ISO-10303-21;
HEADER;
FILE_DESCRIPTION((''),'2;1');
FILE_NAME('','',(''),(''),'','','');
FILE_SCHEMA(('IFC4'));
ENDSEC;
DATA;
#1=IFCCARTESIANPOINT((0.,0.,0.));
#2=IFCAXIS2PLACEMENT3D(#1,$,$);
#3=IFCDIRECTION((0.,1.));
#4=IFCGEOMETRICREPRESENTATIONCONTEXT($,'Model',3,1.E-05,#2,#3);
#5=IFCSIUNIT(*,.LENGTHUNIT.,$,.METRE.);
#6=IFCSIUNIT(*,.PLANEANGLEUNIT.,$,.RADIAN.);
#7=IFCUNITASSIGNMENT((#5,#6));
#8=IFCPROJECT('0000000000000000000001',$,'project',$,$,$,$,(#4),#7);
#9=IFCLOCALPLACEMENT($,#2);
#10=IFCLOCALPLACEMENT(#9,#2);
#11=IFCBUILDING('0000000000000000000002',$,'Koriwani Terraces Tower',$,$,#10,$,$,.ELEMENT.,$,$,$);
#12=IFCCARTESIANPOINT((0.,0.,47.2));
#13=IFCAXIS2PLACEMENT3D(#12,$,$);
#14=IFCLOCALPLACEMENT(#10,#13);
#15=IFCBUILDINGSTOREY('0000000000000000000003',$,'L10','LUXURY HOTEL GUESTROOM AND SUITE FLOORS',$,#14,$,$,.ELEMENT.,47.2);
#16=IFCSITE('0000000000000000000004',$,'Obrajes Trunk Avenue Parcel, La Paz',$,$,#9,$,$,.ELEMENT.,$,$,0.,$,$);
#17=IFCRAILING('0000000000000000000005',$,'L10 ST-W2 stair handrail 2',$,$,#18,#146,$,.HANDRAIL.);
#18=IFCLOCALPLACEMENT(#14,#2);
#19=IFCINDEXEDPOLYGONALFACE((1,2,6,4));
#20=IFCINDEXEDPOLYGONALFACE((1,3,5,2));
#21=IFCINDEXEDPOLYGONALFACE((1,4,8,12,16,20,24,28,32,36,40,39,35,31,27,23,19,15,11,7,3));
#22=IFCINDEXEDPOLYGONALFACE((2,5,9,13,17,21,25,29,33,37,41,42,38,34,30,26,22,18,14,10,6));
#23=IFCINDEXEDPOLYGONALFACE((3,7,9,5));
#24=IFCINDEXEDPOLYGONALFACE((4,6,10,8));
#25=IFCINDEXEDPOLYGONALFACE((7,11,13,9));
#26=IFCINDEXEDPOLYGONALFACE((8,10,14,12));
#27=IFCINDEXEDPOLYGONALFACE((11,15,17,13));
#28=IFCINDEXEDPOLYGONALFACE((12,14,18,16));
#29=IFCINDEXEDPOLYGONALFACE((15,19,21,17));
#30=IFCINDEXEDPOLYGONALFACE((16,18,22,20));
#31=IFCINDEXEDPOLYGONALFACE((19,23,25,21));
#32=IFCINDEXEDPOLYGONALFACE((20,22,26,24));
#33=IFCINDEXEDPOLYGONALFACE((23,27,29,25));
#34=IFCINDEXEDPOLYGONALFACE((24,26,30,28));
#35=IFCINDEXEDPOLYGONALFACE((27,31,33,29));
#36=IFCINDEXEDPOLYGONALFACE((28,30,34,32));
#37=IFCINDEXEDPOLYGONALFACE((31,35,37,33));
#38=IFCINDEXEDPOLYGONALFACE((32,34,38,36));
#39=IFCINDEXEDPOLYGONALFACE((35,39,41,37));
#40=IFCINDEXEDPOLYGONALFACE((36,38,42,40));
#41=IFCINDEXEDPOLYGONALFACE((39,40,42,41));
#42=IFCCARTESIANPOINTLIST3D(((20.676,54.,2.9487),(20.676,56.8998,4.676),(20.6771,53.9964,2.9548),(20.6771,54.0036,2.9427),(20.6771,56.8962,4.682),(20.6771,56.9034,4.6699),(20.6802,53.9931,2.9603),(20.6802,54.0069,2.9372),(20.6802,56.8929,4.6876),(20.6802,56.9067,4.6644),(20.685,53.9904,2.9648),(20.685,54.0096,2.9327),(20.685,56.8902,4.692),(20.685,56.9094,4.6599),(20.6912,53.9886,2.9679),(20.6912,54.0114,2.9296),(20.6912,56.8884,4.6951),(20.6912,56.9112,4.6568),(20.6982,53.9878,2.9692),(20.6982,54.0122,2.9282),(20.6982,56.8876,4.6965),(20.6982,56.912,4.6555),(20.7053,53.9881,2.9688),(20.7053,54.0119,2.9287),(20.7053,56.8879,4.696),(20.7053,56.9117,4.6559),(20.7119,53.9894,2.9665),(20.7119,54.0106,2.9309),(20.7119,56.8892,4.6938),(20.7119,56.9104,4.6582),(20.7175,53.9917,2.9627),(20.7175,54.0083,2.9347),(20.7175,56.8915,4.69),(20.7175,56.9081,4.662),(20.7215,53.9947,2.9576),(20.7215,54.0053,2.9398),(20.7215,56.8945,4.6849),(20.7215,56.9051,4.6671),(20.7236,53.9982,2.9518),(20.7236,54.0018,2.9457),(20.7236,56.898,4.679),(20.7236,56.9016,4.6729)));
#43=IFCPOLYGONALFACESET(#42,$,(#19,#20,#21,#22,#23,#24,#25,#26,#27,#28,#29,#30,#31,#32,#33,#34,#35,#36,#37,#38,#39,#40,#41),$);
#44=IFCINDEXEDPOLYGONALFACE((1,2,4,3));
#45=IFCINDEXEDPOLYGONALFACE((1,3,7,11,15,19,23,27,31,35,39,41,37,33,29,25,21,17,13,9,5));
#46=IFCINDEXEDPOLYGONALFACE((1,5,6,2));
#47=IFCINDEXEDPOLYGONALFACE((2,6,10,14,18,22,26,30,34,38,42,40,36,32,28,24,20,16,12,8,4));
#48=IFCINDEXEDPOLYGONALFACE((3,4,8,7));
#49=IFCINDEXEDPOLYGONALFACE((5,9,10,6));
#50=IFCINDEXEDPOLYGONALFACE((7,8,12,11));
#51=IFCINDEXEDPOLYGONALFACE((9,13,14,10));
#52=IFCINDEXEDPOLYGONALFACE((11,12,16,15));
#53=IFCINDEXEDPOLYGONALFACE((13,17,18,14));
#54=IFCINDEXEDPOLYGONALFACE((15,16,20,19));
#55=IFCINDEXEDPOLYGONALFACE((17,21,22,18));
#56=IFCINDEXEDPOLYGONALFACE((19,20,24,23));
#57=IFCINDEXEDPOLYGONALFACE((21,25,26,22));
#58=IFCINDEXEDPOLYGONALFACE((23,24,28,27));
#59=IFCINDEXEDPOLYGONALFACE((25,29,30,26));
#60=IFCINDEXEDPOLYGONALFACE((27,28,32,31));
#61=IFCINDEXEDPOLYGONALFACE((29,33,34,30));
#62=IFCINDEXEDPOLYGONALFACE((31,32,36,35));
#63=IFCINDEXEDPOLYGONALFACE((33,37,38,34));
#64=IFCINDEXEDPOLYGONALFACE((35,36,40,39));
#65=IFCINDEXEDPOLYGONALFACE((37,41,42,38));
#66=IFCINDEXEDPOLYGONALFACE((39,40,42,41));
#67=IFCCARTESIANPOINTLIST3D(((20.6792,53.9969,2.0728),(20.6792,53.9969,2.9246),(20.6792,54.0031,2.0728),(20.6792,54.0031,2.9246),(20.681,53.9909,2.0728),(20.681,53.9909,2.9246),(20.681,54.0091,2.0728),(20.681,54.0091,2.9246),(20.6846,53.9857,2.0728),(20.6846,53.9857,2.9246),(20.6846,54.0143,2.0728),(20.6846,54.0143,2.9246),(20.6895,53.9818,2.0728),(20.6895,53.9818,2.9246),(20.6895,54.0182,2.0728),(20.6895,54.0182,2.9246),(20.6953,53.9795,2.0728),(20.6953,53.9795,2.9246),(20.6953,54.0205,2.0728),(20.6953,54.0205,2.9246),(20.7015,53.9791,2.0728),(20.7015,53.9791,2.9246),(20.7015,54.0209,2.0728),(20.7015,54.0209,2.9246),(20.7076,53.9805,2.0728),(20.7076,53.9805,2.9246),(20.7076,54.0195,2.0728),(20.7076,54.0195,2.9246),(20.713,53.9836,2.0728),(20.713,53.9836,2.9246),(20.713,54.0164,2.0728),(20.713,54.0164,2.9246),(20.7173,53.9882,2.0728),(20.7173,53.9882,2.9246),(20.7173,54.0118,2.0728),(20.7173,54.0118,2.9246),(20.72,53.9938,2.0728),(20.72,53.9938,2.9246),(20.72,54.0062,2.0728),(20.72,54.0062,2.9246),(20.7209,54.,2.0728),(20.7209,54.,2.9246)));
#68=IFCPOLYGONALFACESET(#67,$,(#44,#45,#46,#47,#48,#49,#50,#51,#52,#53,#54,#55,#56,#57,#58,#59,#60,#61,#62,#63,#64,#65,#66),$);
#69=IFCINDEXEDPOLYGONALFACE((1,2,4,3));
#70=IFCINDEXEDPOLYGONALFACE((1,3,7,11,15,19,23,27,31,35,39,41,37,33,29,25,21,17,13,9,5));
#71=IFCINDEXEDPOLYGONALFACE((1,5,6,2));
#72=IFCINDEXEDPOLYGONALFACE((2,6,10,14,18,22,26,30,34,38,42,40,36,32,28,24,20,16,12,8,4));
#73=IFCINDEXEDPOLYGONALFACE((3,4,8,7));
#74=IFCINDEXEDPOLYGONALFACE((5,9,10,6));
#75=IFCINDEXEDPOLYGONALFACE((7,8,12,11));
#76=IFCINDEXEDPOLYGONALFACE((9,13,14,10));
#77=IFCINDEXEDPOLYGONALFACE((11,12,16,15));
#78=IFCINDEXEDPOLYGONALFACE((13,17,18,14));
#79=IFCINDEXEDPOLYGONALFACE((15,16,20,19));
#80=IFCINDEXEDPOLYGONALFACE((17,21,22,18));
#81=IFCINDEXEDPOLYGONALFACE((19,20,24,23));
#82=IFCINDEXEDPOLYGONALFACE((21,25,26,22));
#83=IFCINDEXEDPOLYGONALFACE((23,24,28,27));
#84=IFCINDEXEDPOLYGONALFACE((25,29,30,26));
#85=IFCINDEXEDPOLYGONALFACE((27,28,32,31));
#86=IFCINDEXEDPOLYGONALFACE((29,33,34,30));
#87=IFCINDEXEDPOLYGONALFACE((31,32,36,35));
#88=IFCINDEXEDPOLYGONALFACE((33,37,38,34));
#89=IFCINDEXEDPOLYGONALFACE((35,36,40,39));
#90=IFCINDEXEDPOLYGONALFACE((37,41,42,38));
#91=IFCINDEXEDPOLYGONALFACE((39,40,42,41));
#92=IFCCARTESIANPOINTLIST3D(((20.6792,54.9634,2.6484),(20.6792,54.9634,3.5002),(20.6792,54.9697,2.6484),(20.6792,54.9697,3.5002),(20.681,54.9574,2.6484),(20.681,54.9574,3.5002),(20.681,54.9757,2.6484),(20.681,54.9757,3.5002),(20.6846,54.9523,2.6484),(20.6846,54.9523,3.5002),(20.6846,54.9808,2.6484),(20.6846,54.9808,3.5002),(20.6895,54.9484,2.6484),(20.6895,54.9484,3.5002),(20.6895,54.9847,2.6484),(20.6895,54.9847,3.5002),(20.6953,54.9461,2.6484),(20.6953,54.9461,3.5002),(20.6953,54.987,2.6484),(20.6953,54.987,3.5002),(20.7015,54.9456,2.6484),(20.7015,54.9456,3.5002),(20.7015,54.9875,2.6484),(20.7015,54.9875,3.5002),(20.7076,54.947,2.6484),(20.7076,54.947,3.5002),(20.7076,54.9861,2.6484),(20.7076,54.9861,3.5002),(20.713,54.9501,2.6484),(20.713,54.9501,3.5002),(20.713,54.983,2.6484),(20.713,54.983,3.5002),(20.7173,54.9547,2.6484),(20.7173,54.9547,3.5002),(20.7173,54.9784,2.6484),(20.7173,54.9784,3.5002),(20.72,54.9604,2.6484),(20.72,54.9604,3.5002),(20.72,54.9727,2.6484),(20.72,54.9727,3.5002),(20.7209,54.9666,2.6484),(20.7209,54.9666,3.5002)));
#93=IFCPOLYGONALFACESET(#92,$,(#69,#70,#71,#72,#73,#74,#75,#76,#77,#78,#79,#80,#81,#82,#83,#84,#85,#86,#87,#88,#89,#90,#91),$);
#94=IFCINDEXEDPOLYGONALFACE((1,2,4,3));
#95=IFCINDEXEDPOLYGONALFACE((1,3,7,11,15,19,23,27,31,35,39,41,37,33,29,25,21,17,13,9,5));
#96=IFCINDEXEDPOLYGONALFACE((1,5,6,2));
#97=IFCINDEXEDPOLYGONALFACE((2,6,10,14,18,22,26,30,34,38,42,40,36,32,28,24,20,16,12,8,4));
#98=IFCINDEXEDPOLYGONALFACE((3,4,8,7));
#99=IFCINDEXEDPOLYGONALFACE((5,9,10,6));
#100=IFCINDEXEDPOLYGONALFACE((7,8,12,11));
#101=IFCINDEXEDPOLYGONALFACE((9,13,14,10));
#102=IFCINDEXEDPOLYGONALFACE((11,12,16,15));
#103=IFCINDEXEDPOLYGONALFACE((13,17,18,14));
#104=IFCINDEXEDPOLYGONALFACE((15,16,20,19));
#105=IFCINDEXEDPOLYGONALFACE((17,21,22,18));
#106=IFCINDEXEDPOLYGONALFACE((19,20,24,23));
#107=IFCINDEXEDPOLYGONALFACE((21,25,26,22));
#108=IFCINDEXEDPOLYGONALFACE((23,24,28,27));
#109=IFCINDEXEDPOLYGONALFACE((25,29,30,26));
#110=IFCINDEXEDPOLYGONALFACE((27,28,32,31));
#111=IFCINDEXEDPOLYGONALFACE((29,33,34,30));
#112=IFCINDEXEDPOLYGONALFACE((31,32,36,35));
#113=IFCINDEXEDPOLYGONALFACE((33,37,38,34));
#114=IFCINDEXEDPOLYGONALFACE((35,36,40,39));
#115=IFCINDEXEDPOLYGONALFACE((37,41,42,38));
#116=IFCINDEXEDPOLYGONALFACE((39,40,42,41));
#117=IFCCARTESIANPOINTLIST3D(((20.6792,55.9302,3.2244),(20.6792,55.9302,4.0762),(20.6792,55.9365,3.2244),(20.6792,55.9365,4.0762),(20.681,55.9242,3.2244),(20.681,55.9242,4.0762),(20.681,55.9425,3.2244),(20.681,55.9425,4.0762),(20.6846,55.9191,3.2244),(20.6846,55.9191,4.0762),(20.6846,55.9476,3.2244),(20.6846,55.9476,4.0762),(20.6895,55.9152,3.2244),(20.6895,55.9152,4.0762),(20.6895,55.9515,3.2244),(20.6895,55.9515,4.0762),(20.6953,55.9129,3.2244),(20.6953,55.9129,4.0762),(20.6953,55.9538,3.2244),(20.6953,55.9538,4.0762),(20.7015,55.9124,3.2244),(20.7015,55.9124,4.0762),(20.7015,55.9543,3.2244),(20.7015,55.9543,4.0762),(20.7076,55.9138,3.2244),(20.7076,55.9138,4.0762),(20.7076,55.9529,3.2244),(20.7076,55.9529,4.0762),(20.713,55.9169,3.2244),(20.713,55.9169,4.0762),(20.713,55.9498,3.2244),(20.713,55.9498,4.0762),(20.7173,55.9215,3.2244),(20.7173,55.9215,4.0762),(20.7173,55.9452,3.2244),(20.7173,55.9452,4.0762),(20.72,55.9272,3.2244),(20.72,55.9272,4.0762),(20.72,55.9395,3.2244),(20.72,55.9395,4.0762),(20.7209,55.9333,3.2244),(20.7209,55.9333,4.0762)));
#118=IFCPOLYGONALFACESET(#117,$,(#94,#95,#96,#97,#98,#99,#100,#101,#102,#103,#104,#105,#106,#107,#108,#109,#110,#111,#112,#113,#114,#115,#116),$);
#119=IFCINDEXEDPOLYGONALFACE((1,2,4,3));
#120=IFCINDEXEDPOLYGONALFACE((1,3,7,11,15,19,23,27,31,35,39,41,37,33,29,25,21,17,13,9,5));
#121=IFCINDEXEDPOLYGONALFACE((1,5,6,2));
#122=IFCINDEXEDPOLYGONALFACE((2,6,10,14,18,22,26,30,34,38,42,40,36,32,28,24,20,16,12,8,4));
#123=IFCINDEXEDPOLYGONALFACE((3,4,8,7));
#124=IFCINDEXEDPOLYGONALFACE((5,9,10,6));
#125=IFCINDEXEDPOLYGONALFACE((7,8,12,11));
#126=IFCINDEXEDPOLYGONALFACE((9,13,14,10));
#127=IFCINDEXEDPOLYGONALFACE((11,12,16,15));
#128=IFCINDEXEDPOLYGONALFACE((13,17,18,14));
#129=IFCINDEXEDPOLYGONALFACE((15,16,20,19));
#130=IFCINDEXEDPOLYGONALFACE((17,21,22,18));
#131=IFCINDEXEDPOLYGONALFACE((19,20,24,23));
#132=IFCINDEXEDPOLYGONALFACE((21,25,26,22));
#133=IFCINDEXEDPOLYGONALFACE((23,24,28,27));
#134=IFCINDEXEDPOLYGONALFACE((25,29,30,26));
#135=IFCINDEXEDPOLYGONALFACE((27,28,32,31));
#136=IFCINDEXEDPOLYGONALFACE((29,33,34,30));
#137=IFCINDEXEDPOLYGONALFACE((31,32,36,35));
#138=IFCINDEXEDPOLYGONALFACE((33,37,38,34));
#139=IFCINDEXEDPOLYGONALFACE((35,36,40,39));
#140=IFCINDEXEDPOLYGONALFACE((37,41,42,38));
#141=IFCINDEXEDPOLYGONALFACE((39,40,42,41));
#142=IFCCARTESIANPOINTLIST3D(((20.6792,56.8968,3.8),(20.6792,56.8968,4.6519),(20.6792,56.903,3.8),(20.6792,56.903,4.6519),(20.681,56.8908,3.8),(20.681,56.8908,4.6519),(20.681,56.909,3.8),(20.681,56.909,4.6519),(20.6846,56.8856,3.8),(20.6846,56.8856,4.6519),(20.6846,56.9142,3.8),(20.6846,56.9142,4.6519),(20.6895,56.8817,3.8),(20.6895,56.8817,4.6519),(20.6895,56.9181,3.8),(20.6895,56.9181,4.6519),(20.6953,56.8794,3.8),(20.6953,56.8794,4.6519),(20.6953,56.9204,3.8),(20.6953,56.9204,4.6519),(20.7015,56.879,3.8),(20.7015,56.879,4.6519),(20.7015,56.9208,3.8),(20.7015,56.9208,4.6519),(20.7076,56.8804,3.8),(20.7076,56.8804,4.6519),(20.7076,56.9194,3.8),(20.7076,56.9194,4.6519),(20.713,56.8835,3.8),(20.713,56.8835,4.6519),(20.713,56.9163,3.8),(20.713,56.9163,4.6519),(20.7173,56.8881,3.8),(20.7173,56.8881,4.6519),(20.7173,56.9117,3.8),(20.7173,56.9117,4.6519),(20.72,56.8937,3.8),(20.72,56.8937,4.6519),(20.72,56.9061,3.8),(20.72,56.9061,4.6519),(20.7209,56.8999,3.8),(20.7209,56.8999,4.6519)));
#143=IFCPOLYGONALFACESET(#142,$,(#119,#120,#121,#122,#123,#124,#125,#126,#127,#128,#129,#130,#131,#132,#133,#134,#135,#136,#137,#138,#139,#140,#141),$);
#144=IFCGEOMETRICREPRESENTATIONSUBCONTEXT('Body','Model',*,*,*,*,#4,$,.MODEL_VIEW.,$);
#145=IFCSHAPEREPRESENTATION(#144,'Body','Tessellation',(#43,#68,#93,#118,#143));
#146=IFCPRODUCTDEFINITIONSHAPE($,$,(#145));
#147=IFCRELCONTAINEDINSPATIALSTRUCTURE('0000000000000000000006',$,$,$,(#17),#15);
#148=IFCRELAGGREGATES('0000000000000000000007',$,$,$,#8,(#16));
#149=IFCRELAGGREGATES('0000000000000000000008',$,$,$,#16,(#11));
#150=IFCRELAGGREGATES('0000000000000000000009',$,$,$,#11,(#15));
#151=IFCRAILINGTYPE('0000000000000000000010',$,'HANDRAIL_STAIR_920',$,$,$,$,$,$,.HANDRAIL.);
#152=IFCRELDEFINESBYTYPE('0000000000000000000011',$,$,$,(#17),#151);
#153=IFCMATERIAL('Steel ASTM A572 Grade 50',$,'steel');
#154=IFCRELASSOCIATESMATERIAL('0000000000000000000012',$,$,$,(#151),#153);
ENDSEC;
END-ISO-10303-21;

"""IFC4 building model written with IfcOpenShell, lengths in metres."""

from ifc_helpers import new_model, si_unit, direction, frame, origin, origin_2d, place, context, subcontext, project, spatial, circle, extrude, material, type_object, element, save


model = new_model("IFC4")

# Units and contexts
model_context = context("Model", 3, precision=1e-05, world=origin(), true_north=direction((0.0, 1.0)))
body_context = subcontext(model_context, "Body", "Model", "MODEL_VIEW")
ifc_project = project(units=[si_unit("LENGTHUNIT", "METRE"), si_unit("PLANEANGLEUNIT", "RADIAN")], contexts=[model_context])

# Site, building, storey
site_placement = place(None, origin())
site = spatial("IfcSite", under=ifc_project, at=site_placement, Name="Obrajes Trunk Avenue Parcel, La Paz", CompositionType="ELEMENT", RefElevation=0.0)
building_placement = place(site_placement, origin())
building = spatial("IfcBuilding", under=site, at=building_placement, Name="Koriwani Terraces Tower", CompositionType="ELEMENT")
storey_placement = place(building_placement, frame((0.0, 0.0, 47.2)))
storey = spatial("IfcBuildingStorey", under=building, at=storey_placement, Name="L10", Description="LUXURY HOTEL GUESTROOM AND SUITE FLOORS", CompositionType="ELEMENT", Elevation=47.2)

# Shared definitions
ifc_material_1 = material(Name="Steel ASTM A572 Grade 50", Category="steel")

# Railing
railing_type_1 = type_object("IfcRailingType", Name="HANDRAIL_STAIR_920", PredefinedType="HANDRAIL", material=ifc_material_1)
railing_1_placement = place(storey_placement, frame((20.7, 54.0, 2.0728)))
element("IfcRailing", 1, at=railing_1_placement, inside=storey, type_object=railing_type_1, Name="L10 ST-W2 stair handrail 2", PredefinedType="HANDRAIL", context=body_context, shape_type="SweptSolid", body=[
    extrude(circle(Radius=0.0239, at=origin_2d()), frame((0.0, 0.0, 0.876), z_axis=(0.0, 0.859141, 0.511738), x_axis=(-1.0, 0.0, 0.0)), (0.0, 0.0, 1.0), 3.3752),
    extrude(circle(Radius=0.021, at=origin_2d()), origin(), (0.0, 0.0, 1.0), 0.8518),
    extrude(circle(Radius=0.021, at=origin_2d()), frame((0.0, 0.9666, 0.5757)), (0.0, 0.0, 1.0), 0.8518),
    extrude(circle(Radius=0.021, at=origin_2d()), frame((0.0, 1.9333, 1.1516)), (0.0, 0.0, 1.0), 0.8518),
    extrude(circle(Radius=0.021, at=origin_2d()), frame((0.0, 2.8999, 1.7273)), (0.0, 0.0, 1.0), 0.8518),
])

save(model, "model.ifc")
